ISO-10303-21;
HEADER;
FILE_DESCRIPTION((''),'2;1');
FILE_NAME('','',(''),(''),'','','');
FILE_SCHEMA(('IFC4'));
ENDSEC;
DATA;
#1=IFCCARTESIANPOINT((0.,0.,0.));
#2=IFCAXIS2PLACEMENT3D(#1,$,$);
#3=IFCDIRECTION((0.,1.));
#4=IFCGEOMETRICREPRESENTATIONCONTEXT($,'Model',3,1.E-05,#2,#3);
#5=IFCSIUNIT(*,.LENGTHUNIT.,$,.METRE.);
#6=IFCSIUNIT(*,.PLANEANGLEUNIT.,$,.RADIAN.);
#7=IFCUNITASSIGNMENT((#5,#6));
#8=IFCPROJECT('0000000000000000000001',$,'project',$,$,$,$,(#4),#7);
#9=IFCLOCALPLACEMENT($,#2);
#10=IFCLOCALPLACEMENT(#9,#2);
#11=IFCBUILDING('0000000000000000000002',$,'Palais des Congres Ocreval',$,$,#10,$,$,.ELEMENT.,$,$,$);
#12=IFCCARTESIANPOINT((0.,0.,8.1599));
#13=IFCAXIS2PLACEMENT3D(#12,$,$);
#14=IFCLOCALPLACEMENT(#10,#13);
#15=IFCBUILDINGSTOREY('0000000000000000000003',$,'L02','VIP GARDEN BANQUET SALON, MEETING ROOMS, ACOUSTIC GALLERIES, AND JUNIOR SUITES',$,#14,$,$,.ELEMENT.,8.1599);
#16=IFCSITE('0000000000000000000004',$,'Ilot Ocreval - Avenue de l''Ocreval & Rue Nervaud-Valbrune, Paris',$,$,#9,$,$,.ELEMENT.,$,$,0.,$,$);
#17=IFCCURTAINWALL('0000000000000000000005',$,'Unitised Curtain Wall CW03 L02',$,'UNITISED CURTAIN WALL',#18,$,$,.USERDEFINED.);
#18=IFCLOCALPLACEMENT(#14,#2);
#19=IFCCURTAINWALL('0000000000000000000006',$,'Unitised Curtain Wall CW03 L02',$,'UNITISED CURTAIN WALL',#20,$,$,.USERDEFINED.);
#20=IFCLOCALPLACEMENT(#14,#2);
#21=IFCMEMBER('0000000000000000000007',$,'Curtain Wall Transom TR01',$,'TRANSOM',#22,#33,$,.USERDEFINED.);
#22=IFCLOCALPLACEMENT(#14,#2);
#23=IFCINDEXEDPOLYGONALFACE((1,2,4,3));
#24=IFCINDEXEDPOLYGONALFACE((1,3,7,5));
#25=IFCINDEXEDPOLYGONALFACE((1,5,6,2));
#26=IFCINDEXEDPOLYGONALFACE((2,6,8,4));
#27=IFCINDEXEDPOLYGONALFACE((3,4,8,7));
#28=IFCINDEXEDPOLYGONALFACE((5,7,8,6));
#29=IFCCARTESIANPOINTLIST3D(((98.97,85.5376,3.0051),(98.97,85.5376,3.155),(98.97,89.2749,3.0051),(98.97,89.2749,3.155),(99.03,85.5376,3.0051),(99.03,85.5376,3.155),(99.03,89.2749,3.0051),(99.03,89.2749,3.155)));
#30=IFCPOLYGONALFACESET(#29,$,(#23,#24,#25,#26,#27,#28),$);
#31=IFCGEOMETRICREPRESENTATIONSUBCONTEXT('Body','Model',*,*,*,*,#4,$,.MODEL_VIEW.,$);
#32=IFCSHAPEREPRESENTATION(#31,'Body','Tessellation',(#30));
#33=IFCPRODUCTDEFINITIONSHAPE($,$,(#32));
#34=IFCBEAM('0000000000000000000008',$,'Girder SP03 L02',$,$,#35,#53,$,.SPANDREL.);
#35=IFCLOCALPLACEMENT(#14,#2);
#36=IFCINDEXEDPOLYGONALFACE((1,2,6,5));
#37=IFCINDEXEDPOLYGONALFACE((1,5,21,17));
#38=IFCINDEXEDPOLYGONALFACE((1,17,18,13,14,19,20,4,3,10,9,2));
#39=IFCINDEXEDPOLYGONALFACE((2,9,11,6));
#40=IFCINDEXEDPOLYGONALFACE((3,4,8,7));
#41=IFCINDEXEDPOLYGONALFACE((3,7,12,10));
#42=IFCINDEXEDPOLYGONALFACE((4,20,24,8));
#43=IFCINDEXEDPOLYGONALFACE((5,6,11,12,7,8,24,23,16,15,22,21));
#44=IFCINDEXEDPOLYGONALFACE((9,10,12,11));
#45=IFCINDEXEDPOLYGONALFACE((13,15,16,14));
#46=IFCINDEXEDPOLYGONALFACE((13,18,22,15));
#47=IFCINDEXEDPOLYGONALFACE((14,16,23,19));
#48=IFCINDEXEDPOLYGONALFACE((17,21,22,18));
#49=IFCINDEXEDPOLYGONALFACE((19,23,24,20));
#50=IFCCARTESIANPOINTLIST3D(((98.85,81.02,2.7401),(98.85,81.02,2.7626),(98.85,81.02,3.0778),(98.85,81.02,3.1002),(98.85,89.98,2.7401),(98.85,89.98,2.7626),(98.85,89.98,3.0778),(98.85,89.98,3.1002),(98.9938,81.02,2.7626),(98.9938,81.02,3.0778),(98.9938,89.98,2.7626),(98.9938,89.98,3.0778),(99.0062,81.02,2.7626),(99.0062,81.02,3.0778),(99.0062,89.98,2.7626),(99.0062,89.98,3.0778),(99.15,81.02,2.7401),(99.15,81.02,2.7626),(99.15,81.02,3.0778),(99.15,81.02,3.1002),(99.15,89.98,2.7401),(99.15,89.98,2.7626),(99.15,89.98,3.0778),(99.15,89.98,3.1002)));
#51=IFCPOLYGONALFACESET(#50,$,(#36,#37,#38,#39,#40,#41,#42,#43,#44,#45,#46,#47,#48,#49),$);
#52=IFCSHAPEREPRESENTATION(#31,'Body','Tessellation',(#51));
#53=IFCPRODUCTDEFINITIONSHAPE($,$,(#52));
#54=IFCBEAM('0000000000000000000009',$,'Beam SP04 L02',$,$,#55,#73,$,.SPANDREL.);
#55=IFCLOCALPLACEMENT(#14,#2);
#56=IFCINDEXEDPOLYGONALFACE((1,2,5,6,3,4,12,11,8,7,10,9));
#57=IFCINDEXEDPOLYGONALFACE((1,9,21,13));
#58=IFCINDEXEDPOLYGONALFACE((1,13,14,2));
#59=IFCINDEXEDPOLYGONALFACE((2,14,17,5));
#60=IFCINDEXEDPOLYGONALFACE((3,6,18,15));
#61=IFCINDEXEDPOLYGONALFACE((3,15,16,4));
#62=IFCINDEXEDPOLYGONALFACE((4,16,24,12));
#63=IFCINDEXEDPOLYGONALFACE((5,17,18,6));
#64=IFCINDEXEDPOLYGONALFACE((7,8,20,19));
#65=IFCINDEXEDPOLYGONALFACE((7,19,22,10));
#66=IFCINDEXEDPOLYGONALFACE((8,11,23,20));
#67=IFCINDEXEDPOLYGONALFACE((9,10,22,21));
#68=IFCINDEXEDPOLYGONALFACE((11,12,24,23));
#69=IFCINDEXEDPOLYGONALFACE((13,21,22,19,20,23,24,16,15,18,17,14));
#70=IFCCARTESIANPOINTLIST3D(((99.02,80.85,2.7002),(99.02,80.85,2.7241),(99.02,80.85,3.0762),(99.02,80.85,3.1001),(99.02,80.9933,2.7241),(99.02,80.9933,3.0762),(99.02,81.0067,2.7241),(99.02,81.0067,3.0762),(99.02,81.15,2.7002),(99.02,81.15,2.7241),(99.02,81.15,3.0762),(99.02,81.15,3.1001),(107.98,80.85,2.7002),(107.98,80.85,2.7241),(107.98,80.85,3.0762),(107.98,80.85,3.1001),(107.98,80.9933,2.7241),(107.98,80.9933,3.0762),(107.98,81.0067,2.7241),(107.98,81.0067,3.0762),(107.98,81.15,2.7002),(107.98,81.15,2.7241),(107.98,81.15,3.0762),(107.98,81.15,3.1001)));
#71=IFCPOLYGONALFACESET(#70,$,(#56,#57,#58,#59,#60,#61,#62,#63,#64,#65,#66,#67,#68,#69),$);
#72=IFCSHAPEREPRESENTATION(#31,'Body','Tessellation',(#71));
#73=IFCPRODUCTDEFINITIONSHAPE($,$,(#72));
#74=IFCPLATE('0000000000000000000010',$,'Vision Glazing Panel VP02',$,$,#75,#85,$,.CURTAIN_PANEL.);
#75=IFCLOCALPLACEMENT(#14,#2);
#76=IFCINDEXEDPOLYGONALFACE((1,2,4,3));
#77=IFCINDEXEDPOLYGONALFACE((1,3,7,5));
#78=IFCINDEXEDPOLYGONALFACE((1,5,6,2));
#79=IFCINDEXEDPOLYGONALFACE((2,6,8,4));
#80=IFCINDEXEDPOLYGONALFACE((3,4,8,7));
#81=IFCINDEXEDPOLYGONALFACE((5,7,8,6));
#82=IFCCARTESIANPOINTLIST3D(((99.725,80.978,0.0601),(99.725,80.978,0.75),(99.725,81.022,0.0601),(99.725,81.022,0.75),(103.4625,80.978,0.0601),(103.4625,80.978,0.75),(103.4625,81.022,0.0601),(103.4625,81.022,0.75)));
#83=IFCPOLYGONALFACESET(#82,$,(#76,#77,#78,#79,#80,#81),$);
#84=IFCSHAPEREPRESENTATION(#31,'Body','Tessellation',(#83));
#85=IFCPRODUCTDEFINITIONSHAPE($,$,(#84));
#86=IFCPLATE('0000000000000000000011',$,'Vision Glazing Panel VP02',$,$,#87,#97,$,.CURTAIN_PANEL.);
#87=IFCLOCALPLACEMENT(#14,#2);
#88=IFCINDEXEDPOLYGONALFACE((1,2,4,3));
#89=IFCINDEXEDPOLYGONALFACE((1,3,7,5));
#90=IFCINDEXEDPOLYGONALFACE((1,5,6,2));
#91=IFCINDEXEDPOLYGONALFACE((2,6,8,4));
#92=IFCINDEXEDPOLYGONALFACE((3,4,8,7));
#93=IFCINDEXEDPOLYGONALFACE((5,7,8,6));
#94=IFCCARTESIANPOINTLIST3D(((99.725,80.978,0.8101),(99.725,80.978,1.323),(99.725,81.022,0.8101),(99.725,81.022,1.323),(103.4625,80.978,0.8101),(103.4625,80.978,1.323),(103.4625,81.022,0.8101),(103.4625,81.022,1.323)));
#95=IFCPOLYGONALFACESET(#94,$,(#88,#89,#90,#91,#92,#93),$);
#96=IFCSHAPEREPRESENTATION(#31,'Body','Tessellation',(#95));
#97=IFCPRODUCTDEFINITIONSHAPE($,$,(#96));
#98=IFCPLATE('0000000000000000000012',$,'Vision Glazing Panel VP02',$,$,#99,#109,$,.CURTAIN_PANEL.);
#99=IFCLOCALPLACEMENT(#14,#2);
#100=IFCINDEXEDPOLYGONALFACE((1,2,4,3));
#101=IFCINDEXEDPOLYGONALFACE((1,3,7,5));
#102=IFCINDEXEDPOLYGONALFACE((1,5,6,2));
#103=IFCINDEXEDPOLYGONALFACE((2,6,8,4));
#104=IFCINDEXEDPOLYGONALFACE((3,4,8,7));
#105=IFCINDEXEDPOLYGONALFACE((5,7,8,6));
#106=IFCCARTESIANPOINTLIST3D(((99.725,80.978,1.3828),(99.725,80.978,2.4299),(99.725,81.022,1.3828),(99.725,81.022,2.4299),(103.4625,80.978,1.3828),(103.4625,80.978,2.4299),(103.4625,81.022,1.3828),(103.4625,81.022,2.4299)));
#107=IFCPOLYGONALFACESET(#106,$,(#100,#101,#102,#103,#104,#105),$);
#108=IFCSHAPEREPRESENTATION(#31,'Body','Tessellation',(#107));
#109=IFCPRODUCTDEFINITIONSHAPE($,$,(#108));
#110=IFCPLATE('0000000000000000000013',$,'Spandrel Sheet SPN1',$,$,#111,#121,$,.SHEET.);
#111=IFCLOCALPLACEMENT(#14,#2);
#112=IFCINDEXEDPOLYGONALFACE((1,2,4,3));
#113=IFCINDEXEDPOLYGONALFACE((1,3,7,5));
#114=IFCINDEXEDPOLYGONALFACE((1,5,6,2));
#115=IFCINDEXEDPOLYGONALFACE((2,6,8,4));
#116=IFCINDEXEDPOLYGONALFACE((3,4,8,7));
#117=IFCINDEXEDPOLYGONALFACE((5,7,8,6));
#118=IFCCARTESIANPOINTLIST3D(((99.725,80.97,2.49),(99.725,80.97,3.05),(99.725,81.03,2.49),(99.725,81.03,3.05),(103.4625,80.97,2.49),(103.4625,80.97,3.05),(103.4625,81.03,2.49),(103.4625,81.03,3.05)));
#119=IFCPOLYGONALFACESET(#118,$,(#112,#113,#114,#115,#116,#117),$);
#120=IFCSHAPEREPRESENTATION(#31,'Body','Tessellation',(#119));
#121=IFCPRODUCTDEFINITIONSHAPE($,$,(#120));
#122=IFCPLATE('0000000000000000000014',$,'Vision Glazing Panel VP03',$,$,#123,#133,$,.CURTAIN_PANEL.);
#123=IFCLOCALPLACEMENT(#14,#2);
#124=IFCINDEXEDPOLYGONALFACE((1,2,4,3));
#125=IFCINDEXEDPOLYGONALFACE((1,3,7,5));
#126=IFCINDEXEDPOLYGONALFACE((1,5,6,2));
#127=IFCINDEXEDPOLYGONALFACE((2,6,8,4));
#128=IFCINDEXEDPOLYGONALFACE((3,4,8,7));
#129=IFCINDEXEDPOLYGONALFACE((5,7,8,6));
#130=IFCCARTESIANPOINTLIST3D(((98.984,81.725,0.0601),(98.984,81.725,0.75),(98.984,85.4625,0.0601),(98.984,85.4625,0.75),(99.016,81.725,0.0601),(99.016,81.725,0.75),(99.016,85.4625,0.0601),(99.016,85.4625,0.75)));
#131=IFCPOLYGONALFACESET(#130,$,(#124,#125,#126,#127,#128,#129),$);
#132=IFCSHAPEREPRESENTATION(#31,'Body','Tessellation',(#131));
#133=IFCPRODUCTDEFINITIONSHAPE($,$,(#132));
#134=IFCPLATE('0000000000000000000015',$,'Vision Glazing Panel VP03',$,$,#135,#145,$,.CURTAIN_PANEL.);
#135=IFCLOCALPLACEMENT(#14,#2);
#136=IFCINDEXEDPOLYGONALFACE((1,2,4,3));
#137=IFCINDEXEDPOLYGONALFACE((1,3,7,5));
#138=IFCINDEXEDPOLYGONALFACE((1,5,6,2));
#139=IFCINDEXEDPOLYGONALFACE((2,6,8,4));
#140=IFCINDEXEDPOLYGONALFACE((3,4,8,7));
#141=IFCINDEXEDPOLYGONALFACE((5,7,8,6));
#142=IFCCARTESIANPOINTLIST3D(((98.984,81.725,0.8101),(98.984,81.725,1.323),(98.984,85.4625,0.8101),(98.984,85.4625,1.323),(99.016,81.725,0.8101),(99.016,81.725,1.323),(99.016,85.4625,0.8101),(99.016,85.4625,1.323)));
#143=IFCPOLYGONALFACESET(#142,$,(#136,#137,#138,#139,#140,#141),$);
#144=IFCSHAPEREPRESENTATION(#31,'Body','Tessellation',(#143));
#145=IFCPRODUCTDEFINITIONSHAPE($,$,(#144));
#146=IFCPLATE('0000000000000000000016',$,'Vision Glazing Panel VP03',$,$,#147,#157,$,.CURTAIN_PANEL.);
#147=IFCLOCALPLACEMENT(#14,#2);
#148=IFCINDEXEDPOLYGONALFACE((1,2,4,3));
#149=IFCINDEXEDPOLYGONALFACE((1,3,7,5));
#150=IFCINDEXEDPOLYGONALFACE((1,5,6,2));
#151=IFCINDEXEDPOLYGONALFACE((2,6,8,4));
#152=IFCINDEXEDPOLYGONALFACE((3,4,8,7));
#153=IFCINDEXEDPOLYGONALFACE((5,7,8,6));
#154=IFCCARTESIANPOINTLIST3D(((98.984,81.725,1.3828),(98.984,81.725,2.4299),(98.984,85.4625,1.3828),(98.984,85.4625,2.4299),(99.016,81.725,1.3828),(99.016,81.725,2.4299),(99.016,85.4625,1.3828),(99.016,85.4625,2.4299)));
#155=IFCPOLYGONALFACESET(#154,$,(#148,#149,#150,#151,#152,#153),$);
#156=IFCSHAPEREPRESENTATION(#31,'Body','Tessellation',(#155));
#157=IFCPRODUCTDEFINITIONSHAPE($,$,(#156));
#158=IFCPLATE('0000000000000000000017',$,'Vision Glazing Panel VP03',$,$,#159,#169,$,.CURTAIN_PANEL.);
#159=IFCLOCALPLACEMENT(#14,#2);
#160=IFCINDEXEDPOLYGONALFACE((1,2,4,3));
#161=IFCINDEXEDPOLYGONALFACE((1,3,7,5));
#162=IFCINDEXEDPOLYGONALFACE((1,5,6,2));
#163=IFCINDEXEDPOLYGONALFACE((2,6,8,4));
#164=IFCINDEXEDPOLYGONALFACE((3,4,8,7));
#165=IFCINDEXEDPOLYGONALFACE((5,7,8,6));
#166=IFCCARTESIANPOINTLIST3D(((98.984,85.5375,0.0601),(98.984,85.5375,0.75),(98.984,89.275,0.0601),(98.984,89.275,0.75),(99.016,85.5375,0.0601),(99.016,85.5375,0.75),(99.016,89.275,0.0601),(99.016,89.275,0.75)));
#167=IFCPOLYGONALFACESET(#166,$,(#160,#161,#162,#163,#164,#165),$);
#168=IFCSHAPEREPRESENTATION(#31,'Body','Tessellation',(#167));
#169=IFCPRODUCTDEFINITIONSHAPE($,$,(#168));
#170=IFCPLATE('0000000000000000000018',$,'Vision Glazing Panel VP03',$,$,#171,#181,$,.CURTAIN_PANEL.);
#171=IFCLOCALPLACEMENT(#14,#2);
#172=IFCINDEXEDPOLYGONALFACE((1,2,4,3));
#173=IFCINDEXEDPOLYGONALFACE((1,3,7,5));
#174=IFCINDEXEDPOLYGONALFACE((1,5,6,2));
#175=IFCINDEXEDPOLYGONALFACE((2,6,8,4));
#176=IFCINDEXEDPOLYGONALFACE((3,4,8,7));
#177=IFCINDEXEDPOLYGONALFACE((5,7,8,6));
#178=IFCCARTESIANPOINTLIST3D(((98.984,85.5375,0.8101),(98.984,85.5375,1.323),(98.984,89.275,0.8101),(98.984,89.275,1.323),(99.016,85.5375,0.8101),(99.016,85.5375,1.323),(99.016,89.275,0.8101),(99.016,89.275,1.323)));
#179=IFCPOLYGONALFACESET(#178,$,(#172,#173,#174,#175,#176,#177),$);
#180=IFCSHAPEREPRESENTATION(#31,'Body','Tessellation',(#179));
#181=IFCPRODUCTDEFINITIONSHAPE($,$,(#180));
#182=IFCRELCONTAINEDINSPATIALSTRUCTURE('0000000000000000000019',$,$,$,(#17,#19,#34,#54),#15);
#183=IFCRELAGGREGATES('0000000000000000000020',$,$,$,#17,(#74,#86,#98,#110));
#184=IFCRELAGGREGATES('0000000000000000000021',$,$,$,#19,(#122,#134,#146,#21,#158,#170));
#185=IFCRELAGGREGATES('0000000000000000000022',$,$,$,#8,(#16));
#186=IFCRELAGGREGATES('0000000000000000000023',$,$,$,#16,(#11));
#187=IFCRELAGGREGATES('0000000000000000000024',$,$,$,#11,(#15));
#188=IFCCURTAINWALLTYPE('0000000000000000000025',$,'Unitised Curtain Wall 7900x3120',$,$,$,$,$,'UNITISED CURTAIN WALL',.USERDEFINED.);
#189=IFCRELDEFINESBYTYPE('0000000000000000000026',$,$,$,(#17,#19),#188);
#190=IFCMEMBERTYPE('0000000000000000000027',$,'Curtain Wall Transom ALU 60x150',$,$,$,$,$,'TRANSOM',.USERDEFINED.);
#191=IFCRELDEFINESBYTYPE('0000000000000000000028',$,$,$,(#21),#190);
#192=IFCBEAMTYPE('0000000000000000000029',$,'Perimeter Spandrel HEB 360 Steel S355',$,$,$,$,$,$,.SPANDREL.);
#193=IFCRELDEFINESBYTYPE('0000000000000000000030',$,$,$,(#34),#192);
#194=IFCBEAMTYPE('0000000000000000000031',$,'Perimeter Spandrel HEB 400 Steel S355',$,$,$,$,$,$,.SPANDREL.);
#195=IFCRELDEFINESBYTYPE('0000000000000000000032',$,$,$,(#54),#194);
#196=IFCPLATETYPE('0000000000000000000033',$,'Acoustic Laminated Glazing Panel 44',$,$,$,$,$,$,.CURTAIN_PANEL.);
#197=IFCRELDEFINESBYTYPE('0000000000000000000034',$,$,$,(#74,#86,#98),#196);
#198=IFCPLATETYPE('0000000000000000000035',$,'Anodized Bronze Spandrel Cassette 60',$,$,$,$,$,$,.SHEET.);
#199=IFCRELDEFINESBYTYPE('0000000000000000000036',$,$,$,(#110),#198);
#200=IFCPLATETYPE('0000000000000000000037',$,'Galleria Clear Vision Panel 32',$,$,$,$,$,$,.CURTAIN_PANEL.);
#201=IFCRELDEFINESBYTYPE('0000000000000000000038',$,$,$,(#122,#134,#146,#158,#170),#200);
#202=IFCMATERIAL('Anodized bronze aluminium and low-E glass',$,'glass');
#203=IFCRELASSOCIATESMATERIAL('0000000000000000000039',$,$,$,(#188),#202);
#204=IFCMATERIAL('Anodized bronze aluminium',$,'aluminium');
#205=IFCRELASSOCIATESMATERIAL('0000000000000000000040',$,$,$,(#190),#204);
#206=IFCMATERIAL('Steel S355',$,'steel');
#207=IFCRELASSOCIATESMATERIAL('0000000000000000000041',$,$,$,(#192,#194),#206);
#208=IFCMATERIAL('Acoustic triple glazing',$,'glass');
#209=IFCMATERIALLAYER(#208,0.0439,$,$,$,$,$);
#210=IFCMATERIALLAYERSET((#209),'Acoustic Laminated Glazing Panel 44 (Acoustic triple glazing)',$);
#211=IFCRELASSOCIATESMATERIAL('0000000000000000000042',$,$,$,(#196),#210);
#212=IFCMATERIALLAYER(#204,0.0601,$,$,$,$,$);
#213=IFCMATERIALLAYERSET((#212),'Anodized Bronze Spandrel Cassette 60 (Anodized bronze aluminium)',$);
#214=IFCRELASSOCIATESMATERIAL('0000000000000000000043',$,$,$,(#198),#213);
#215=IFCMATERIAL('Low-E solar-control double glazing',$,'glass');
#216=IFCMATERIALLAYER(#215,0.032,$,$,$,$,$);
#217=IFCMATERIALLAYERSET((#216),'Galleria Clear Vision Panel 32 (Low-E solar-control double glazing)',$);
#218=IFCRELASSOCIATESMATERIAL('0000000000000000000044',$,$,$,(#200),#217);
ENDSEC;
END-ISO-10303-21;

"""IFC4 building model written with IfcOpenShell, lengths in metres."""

from ifc_helpers import new_model, si_unit, direction, frame, origin, origin_2d, place, context, subcontext, project, spatial, rectangle, i_section, extrude, material, layer, layer_set, material_profile, profile_set, type_object, element, aggregate, save


model = new_model("IFC4")

# Units and contexts
model_context = context("Model", 3, precision=1e-05, world=origin(), true_north=direction((0.0, 1.0)))
body_context = subcontext(model_context, "Body", "Model", "MODEL_VIEW")
ifc_project = project(units=[si_unit("LENGTHUNIT", "METRE"), si_unit("PLANEANGLEUNIT", "RADIAN")], contexts=[model_context])

# Site, building, storey
site_placement = place(None, origin())
site = spatial("IfcSite", under=ifc_project, at=site_placement, Name="Ilot Ocreval - Avenue de l'Ocreval & Rue Nervaud-Valbrune, Paris", CompositionType="ELEMENT", RefElevation=0.0)
building_placement = place(site_placement, origin())
building = spatial("IfcBuilding", under=site, at=building_placement, Name="Palais des Congres Ocreval", CompositionType="ELEMENT")
storey_placement = place(building_placement, frame((0.0, 0.0, 8.1599)))
storey = spatial("IfcBuildingStorey", under=building, at=storey_placement, Name="L02", Description="VIP GARDEN BANQUET SALON, MEETING ROOMS, ACOUSTIC GALLERIES, AND JUNIOR SUITES", CompositionType="ELEMENT", Elevation=8.1599)

# Shared definitions
ifc_material_1 = material(Name="Steel S355", Category="steel")

# Curtain wall
ifc_material_2 = material(Name="Anodized bronze aluminium and low-E glass", Category="glass")
curtain_wall_type = type_object("IfcCurtainWallType", Name="Unitised Curtain Wall 7900x3120", ElementType="UNITISED CURTAIN WALL", PredefinedType="USERDEFINED", material=ifc_material_2)
curtain_wall_1_placement = place(storey_placement, origin())
curtain_wall_1 = element("IfcCurtainWall", 1, at=curtain_wall_1_placement, inside=storey, type_object=curtain_wall_type, Name="Unitised Curtain Wall CW03 L02", ObjectType="UNITISED CURTAIN WALL", PredefinedType="USERDEFINED")
ifc_material_3 = material(Name="Anodized bronze aluminium", Category="aluminium")

# Curtain wall, member
curtain_wall_2_placement = place(storey_placement, origin())
curtain_wall_2 = element("IfcCurtainWall", 2, at=curtain_wall_2_placement, inside=storey, type_object=curtain_wall_type, Name="Unitised Curtain Wall CW03 L02", ObjectType="UNITISED CURTAIN WALL", PredefinedType="USERDEFINED")
ifc_material_profile_1 = material_profile(ifc_material_3, rectangle(XDim=0.0601, YDim=0.1499, at=origin_2d()), Name="ALU 60x150")
ifc_profile_set_1 = profile_set([ifc_material_profile_1], Name="Anodized bronze aluminium")
member_type_1 = type_object("IfcMemberType", Name="Curtain Wall Transom ALU 60x150", ElementType="TRANSOM", PredefinedType="USERDEFINED", material=ifc_profile_set_1)
member_1_placement = place(storey_placement, frame((99.0, 85.5376, 3.0801), z_axis=(0.0, 1.0, 0.0), x_axis=(-1.0, 0.0, 0.0)))
member_1 = element("IfcMember", 3, at=member_1_placement, type_object=member_type_1, Name="Curtain Wall Transom TR01", ObjectType="TRANSOM", PredefinedType="USERDEFINED", context=body_context, shape_type="SweptSolid", body=[
    extrude(rectangle(XDim=0.0601, YDim=0.1499, at=origin_2d()), origin(), (0.0, 0.0, 1.0), 3.7373),
])

# Beams
ifc_material_profile_2 = material_profile(ifc_material_1, i_section(OverallWidth=0.3, OverallDepth=0.3601, WebThickness=0.0125, FlangeThickness=0.0225, at=origin_2d()), Name="HEB 360")
ifc_profile_set_2 = profile_set([ifc_material_profile_2], Name="Steel S355")
beam_type_1 = type_object("IfcBeamType", Name="Perimeter Spandrel HEB 360 Steel S355", PredefinedType="SPANDREL", material=ifc_profile_set_2)
beam_1_placement = place(storey_placement, frame((99.0, 81.02, 2.9202), z_axis=(0.0, 1.0, 0.0), x_axis=(-1.0, 0.0, 0.0)))
element("IfcBeam", 4, at=beam_1_placement, inside=storey, type_object=beam_type_1, Name="Girder SP03 L02", PredefinedType="SPANDREL", context=body_context, shape_type="SweptSolid", body=[
    extrude(i_section(OverallWidth=0.3, OverallDepth=0.3601, WebThickness=0.0125, FlangeThickness=0.0225, at=origin_2d()), origin(), (0.0, 0.0, 1.0), 8.96),
])
ifc_material_profile_3 = material_profile(ifc_material_1, i_section(OverallWidth=0.3, OverallDepth=0.3999, WebThickness=0.0134, FlangeThickness=0.0239, at=origin_2d()), Name="HEB 400")
ifc_profile_set_3 = profile_set([ifc_material_profile_3], Name="Steel S355")
beam_type_2 = type_object("IfcBeamType", Name="Perimeter Spandrel HEB 400 Steel S355", PredefinedType="SPANDREL", material=ifc_profile_set_3)
beam_2_placement = place(storey_placement, frame((99.02, 81.0, 2.9001), z_axis=(1.0, 0.0, 0.0), x_axis=(0.0, 1.0, 0.0)))
element("IfcBeam", 5, at=beam_2_placement, inside=storey, type_object=beam_type_2, Name="Beam SP04 L02", PredefinedType="SPANDREL", context=body_context, shape_type="SweptSolid", body=[
    extrude(i_section(OverallWidth=0.3, OverallDepth=0.3999, WebThickness=0.0134, FlangeThickness=0.0239, at=origin_2d()), origin(), (0.0, 0.0, 1.0), 8.96),
])

# Plates
ifc_material_4 = material(Name="Acoustic triple glazing", Category="glass")
ifc_layer_1 = layer(ifc_material_4, 0.0439)
ifc_layer_set_1 = layer_set([ifc_layer_1], Name="Acoustic Laminated Glazing Panel 44 (Acoustic triple glazing)")
plate_type_1 = type_object("IfcPlateType", Name="Acoustic Laminated Glazing Panel 44", PredefinedType="CURTAIN_PANEL", material=ifc_layer_set_1)
plate_1_placement = place(storey_placement, frame((101.5938, 81.0, 0.0601), z_axis=(0.0, 0.0, 1.0), x_axis=(-1.0, 0.0, 0.0)))
plate_1 = element("IfcPlate", 6, at=plate_1_placement, type_object=plate_type_1, Name="Vision Glazing Panel VP02", PredefinedType="CURTAIN_PANEL", context=body_context, shape_type="SweptSolid", body=[
    extrude(rectangle(XDim=3.7375, YDim=0.0439, at=origin_2d()), origin(), (0.0, 0.0, 1.0), 0.6899),
])
plate_2_placement = place(storey_placement, frame((101.5938, 81.0, 0.8101), z_axis=(0.0, 0.0, 1.0), x_axis=(-1.0, 0.0, 0.0)))
plate_2 = element("IfcPlate", 7, at=plate_2_placement, type_object=plate_type_1, Name="Vision Glazing Panel VP02", PredefinedType="CURTAIN_PANEL", context=body_context, shape_type="SweptSolid", body=[
    extrude(rectangle(XDim=3.7375, YDim=0.0439, at=origin_2d()), origin(), (0.0, 0.0, 1.0), 0.5129),
])
plate_3_placement = place(storey_placement, frame((101.5938, 81.0, 1.3828), z_axis=(0.0, 0.0, 1.0), x_axis=(-1.0, 0.0, 0.0)))
plate_3 = element("IfcPlate", 8, at=plate_3_placement, type_object=plate_type_1, Name="Vision Glazing Panel VP02", PredefinedType="CURTAIN_PANEL", context=body_context, shape_type="SweptSolid", body=[
    extrude(rectangle(XDim=3.7375, YDim=0.0439, at=origin_2d()), origin(), (0.0, 0.0, 1.0), 1.0471),
])
ifc_layer_2 = layer(ifc_material_3, 0.0601)
ifc_layer_set_2 = layer_set([ifc_layer_2], Name="Anodized Bronze Spandrel Cassette 60 (Anodized bronze aluminium)")
plate_type_2 = type_object("IfcPlateType", Name="Anodized Bronze Spandrel Cassette 60", PredefinedType="SHEET", material=ifc_layer_set_2)
plate_4_placement = place(storey_placement, frame((101.5938, 81.0, 2.49), z_axis=(0.0, 0.0, 1.0), x_axis=(-1.0, 0.0, 0.0)))
plate_4 = element("IfcPlate", 9, at=plate_4_placement, type_object=plate_type_2, Name="Spandrel Sheet SPN1", PredefinedType="SHEET", context=body_context, shape_type="SweptSolid", body=[
    extrude(rectangle(XDim=3.7375, YDim=0.0601, at=origin_2d()), origin(), (0.0, 0.0, 1.0), 0.5601),
])
aggregate(curtain_wall_1, [plate_1, plate_2, plate_3, plate_4])
ifc_material_5 = material(Name="Low-E solar-control double glazing", Category="glass")
ifc_layer_3 = layer(ifc_material_5, 0.032)
ifc_layer_set_3 = layer_set([ifc_layer_3], Name="Galleria Clear Vision Panel 32 (Low-E solar-control double glazing)")
plate_type_3 = type_object("IfcPlateType", Name="Galleria Clear Vision Panel 32", PredefinedType="CURTAIN_PANEL", material=ifc_layer_set_3)
plate_5_placement = place(storey_placement, frame((99.0, 83.5938, 0.0601), z_axis=(0.0, 0.0, 1.0), x_axis=(0.0, 1.0, 0.0)))
plate_5 = element("IfcPlate", 10, at=plate_5_placement, type_object=plate_type_3, Name="Vision Glazing Panel VP03", PredefinedType="CURTAIN_PANEL", context=body_context, shape_type="SweptSolid", body=[
    extrude(rectangle(XDim=3.7375, YDim=0.032, at=origin_2d()), origin(), (0.0, 0.0, 1.0), 0.6899),
])
plate_6_placement = place(storey_placement, frame((99.0, 83.5938, 0.8101), z_axis=(0.0, 0.0, 1.0), x_axis=(0.0, 1.0, 0.0)))
plate_6 = element("IfcPlate", 11, at=plate_6_placement, type_object=plate_type_3, Name="Vision Glazing Panel VP03", PredefinedType="CURTAIN_PANEL", context=body_context, shape_type="SweptSolid", body=[
    extrude(rectangle(XDim=3.7375, YDim=0.032, at=origin_2d()), origin(), (0.0, 0.0, 1.0), 0.5129),
])
plate_7_placement = place(storey_placement, frame((99.0, 83.5938, 1.3828), z_axis=(0.0, 0.0, 1.0), x_axis=(0.0, 1.0, 0.0)))
plate_7 = element("IfcPlate", 12, at=plate_7_placement, type_object=plate_type_3, Name="Vision Glazing Panel VP03", PredefinedType="CURTAIN_PANEL", context=body_context, shape_type="SweptSolid", body=[
    extrude(rectangle(XDim=3.7375, YDim=0.032, at=origin_2d()), origin(), (0.0, 0.0, 1.0), 1.0471),
])
plate_8_placement = place(storey_placement, frame((99.0, 87.4062, 0.0601), z_axis=(0.0, 0.0, 1.0), x_axis=(0.0, 1.0, 0.0)))
plate_8 = element("IfcPlate", 13, at=plate_8_placement, type_object=plate_type_3, Name="Vision Glazing Panel VP03", PredefinedType="CURTAIN_PANEL", context=body_context, shape_type="SweptSolid", body=[
    extrude(rectangle(XDim=3.7375, YDim=0.032, at=origin_2d()), origin(), (0.0, 0.0, 1.0), 0.6899),
])
plate_9_placement = place(storey_placement, frame((99.0, 87.4062, 0.8101), z_axis=(0.0, 0.0, 1.0), x_axis=(0.0, 1.0, 0.0)))
plate_9 = element("IfcPlate", 14, at=plate_9_placement, type_object=plate_type_3, Name="Vision Glazing Panel VP03", PredefinedType="CURTAIN_PANEL", context=body_context, shape_type="SweptSolid", body=[
    extrude(rectangle(XDim=3.7375, YDim=0.032, at=origin_2d()), origin(), (0.0, 0.0, 1.0), 0.5129),
])

aggregate(curtain_wall_2, [plate_5, plate_6, plate_7, member_1, plate_8, plate_9])

save(model, "model.ifc")
